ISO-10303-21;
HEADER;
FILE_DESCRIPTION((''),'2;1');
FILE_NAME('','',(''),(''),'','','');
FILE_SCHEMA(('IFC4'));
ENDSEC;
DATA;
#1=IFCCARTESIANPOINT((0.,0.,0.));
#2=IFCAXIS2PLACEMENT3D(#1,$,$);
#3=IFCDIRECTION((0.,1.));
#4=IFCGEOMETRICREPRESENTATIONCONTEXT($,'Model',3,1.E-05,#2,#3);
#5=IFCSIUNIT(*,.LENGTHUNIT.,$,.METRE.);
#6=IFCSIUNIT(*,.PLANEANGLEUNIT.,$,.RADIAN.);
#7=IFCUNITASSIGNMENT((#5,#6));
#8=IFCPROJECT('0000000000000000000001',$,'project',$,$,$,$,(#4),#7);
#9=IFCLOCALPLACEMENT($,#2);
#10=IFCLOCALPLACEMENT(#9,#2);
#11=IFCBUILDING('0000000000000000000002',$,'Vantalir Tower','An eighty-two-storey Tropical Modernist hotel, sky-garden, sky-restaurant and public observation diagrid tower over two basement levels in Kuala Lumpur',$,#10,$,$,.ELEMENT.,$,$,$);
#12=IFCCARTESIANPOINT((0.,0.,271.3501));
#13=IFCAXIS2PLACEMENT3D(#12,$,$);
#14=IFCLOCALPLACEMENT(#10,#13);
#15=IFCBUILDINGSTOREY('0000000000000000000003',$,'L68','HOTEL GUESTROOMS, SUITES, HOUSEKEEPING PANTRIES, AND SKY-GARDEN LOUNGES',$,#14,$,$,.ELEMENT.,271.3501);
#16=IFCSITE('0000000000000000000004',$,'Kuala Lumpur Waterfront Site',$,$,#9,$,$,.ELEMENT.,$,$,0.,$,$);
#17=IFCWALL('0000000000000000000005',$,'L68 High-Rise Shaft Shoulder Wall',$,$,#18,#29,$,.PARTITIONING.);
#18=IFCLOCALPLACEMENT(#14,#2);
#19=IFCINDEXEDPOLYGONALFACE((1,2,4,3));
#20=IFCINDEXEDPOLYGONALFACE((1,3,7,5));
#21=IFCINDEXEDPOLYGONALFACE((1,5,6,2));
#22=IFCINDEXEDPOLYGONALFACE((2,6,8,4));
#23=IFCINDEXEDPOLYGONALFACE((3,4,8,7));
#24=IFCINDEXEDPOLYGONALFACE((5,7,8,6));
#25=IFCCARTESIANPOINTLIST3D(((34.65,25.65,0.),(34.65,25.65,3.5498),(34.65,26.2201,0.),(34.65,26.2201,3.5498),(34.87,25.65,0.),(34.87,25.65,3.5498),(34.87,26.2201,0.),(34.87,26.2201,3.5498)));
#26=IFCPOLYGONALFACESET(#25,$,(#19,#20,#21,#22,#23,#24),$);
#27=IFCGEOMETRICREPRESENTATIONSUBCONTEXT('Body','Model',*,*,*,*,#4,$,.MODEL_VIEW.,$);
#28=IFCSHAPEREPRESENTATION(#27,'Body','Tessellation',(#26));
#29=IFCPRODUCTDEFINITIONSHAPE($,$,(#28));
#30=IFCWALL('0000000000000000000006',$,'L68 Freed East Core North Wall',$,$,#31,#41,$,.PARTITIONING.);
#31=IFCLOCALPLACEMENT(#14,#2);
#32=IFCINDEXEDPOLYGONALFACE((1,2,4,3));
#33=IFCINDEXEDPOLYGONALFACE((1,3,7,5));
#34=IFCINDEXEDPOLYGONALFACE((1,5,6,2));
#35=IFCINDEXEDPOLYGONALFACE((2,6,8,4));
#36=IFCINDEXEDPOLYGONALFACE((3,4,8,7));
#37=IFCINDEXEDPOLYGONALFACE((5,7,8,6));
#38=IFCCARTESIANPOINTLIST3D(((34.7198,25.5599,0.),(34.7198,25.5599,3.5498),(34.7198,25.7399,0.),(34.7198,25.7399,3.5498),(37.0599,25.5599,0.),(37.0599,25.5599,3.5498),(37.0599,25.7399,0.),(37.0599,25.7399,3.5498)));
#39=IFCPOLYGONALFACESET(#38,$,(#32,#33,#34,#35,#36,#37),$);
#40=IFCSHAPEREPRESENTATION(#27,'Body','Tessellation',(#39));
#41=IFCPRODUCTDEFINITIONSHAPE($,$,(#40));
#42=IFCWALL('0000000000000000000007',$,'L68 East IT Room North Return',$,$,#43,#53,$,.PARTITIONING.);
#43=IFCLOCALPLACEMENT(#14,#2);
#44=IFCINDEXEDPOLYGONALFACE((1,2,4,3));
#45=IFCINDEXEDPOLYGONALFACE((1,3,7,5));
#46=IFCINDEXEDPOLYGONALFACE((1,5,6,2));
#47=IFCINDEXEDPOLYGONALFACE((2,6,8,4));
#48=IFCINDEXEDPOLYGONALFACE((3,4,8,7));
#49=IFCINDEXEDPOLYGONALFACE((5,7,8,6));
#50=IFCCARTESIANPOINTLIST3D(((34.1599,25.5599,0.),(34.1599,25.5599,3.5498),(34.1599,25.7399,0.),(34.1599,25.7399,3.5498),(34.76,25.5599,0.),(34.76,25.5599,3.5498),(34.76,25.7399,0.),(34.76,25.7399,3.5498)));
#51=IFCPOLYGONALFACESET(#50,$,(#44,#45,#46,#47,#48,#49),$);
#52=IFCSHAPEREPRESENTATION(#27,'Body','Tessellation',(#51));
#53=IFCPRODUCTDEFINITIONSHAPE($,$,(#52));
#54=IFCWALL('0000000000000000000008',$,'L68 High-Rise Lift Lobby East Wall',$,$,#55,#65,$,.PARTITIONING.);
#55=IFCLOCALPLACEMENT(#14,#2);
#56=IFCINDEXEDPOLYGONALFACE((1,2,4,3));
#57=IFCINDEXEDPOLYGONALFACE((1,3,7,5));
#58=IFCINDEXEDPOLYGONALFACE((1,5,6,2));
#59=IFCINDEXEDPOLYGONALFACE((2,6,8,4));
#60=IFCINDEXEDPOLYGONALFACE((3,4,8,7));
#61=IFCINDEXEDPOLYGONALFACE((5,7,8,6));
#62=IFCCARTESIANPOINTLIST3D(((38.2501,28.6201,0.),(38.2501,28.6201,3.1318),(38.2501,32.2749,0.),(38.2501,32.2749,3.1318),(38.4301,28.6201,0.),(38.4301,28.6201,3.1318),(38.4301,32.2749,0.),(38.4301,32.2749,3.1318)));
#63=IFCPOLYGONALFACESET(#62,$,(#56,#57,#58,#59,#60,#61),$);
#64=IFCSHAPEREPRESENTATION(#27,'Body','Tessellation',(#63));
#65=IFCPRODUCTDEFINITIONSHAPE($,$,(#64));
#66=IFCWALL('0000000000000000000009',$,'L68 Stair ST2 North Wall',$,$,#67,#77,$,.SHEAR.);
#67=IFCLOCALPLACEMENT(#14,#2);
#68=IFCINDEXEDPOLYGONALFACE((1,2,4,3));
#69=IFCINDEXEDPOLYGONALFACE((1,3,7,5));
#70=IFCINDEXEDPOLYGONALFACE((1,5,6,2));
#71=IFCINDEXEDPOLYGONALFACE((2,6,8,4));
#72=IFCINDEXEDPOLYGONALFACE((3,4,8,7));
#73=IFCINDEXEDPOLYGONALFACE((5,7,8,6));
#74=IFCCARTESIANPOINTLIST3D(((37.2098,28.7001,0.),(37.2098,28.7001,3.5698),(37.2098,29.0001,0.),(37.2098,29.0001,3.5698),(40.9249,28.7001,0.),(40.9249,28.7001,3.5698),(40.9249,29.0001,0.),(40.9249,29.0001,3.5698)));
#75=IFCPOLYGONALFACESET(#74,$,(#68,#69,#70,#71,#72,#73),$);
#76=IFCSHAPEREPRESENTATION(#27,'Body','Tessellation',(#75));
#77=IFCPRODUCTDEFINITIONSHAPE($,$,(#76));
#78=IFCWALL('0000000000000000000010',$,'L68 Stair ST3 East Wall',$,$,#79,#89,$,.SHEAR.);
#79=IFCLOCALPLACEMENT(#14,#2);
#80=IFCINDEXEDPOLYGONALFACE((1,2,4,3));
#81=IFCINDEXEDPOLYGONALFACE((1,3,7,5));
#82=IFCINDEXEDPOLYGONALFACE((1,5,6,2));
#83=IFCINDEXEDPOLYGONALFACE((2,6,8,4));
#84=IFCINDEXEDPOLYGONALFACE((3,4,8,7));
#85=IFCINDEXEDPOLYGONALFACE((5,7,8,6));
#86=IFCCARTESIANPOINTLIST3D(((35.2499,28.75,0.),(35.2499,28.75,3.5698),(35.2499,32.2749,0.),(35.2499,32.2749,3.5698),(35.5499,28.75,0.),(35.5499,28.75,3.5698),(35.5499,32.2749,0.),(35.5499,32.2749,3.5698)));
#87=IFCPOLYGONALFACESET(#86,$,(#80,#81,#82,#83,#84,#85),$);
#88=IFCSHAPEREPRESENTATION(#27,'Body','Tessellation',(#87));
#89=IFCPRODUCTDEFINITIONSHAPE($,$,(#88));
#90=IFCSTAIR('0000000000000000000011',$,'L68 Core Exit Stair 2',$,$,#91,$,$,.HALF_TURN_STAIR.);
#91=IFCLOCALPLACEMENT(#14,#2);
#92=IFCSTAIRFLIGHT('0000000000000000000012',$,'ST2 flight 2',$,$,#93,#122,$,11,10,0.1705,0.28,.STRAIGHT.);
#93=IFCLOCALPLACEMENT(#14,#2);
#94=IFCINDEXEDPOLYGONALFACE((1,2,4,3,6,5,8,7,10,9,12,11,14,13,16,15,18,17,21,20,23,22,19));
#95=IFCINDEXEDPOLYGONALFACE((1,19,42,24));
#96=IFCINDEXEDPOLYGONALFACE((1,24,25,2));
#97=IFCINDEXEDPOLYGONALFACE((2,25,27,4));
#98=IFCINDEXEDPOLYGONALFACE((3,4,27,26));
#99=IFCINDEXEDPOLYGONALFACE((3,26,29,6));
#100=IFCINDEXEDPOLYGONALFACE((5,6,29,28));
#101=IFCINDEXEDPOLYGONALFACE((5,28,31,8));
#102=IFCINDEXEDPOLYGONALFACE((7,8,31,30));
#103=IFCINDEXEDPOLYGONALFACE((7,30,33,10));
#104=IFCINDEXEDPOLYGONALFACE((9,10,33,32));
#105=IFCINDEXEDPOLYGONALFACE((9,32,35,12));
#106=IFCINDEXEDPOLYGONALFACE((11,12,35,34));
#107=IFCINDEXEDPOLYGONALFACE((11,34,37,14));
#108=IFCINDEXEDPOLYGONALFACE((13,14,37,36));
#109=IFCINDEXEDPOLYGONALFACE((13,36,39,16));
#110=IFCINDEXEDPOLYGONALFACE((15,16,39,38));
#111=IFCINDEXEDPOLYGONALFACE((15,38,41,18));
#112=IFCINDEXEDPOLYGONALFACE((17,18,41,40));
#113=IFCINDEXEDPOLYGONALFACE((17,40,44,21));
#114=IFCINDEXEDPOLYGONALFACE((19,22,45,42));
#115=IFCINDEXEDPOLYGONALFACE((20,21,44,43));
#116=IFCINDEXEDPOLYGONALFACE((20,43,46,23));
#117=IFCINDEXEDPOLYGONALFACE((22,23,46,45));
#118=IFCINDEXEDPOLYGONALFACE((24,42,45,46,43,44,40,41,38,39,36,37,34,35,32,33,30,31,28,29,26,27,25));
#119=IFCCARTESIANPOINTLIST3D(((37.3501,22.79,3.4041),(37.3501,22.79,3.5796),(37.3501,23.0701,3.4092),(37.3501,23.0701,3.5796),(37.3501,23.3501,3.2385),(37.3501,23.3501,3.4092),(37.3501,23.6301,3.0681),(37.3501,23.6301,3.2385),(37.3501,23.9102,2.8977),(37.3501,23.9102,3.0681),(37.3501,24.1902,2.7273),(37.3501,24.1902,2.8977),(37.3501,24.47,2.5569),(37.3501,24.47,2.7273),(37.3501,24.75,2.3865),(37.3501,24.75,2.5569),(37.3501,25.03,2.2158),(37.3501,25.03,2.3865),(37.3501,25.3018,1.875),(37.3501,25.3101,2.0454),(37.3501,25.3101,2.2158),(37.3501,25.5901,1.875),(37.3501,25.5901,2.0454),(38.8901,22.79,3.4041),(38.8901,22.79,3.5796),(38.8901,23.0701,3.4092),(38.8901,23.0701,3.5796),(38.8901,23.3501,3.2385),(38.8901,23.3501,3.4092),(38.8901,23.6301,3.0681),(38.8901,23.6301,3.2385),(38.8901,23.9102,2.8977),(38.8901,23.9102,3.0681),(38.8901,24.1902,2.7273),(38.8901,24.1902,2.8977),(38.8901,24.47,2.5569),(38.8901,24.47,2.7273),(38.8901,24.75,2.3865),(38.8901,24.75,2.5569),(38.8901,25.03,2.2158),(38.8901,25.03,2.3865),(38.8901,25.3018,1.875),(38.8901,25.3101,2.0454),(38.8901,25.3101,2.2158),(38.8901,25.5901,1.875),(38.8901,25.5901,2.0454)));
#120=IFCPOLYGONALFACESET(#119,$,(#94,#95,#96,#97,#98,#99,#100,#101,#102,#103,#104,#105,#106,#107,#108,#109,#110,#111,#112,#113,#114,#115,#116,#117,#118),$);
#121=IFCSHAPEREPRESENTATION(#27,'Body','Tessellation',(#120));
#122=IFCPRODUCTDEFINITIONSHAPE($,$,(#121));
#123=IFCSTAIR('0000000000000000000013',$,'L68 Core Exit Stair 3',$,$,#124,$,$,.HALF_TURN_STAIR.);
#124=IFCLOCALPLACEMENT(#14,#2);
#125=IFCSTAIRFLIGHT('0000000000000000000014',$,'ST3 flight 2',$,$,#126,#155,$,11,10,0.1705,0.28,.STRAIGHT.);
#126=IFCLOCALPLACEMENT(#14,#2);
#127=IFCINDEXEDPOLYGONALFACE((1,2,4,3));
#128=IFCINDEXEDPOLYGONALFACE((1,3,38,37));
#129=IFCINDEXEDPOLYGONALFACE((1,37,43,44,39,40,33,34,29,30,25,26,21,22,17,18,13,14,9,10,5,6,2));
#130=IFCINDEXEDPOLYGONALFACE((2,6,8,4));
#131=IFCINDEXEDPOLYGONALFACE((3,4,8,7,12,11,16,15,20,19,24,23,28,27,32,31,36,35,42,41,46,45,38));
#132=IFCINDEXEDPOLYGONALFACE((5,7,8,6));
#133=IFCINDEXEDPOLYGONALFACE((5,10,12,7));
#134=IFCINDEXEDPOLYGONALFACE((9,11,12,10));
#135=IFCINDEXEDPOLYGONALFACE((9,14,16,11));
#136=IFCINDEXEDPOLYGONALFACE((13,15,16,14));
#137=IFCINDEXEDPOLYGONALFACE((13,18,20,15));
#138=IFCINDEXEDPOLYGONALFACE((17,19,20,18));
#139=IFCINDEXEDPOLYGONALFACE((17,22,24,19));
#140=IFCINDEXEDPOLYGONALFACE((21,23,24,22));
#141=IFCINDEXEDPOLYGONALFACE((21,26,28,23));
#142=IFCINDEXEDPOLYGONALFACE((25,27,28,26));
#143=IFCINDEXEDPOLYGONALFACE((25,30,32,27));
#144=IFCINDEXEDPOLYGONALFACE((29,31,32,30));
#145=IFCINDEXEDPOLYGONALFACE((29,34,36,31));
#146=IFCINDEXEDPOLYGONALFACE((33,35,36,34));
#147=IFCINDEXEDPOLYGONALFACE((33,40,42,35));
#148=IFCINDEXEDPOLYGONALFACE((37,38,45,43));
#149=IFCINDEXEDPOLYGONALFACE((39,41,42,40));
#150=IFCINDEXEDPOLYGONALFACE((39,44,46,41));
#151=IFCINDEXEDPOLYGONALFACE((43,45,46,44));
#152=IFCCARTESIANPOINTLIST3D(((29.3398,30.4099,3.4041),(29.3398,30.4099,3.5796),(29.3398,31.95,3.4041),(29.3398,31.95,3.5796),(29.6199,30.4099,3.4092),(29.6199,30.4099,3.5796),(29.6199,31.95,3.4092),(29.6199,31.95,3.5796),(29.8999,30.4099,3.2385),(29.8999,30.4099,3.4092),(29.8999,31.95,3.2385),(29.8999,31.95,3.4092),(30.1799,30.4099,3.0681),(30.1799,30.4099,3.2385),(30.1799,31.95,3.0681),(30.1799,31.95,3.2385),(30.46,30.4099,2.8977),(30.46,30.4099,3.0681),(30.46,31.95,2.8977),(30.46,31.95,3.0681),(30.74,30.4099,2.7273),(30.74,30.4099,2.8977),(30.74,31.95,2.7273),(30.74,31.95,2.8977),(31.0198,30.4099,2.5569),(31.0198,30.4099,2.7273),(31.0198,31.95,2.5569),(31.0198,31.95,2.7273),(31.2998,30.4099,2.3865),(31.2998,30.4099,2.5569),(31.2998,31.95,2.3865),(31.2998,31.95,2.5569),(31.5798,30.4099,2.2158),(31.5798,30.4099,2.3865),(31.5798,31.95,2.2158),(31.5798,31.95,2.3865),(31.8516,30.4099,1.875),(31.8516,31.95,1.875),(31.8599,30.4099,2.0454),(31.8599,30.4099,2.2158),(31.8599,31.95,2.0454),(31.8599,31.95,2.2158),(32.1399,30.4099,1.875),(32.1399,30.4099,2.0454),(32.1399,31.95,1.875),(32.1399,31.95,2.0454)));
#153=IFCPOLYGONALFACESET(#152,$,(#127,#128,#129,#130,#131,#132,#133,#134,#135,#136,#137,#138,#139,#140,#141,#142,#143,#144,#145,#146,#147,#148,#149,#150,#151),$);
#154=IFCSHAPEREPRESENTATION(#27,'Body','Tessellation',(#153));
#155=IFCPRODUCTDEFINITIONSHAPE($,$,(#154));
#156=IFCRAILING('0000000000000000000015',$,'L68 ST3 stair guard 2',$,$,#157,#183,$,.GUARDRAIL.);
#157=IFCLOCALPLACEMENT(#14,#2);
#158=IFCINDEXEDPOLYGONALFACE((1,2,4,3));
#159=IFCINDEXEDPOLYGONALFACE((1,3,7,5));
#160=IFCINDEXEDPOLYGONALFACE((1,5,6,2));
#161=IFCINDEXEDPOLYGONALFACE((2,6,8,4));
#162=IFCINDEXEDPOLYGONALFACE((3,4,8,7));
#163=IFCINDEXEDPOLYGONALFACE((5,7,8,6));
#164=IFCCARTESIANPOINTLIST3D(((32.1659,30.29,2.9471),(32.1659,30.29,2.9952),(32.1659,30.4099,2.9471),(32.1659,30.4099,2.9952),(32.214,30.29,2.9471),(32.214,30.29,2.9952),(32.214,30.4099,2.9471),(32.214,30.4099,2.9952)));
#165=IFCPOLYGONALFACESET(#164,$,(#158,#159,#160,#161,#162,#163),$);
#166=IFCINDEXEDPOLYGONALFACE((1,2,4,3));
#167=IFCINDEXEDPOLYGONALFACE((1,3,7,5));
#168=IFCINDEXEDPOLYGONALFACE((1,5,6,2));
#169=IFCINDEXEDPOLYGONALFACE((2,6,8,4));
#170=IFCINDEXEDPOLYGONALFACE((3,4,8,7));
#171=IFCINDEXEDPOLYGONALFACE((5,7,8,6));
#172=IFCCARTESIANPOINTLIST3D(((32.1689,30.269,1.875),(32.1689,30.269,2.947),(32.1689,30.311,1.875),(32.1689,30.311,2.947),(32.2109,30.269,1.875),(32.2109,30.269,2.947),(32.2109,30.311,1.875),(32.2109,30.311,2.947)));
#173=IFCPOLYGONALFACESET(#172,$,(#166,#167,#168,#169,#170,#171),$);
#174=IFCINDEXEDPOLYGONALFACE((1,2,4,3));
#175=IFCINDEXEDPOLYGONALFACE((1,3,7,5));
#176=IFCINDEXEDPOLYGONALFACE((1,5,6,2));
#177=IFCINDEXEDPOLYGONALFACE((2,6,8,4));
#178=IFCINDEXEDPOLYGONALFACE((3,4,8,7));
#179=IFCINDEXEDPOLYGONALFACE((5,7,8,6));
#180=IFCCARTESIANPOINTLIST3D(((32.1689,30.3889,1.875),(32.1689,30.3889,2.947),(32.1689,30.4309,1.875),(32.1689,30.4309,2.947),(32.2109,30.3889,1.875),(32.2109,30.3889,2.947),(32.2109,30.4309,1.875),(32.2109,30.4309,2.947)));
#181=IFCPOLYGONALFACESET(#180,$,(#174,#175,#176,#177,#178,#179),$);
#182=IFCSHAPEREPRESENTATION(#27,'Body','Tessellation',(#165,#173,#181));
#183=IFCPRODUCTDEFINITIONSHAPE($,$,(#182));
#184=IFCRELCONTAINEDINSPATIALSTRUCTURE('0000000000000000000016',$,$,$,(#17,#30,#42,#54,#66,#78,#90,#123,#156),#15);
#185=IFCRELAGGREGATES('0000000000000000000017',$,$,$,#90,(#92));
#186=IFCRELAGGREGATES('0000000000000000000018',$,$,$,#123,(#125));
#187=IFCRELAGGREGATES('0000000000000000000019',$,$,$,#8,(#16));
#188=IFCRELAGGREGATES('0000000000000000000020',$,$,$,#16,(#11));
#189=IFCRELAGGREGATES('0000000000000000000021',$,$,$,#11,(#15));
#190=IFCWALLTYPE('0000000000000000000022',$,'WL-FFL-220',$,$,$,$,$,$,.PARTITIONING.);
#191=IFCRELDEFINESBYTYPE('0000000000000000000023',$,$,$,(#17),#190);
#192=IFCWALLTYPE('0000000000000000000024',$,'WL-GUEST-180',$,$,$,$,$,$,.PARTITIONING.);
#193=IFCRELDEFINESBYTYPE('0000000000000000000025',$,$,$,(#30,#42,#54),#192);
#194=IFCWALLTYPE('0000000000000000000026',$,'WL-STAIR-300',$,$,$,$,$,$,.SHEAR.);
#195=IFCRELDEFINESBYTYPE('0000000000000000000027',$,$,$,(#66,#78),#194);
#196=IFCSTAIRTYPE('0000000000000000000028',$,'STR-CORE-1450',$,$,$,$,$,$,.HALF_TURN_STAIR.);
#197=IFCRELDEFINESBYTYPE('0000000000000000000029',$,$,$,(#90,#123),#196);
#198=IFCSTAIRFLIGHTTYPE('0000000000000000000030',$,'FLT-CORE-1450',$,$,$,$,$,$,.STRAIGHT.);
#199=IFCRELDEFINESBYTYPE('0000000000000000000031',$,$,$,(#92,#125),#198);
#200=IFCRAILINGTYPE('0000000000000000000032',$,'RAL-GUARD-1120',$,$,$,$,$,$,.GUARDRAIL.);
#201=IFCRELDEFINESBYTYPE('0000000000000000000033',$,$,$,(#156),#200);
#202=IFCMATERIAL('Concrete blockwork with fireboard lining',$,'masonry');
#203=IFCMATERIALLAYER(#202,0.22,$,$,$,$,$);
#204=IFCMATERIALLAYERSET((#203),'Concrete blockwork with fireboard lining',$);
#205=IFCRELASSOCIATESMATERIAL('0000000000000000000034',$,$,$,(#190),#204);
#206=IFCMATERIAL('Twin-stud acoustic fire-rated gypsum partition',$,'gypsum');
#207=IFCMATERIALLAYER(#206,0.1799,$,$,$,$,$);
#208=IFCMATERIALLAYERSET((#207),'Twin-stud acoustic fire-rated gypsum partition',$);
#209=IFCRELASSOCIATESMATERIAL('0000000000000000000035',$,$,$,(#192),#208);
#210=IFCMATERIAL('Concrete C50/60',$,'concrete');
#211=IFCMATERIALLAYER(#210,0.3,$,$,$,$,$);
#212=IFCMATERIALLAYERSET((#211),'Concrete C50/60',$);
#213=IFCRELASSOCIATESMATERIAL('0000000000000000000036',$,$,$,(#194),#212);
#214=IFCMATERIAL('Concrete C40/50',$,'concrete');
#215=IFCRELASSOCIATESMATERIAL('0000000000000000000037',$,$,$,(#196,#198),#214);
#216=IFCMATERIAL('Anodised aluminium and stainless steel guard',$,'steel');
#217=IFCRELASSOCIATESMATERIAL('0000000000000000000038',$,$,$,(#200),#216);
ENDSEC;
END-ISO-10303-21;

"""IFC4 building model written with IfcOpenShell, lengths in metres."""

from ifc_helpers import new_model, si_unit, direction, frame, frame_2d, origin, origin_2d, place, context, subcontext, project, spatial, polyline, rectangle, outline, extrude, material, layer, layer_set, type_object, element, aggregate, save


model = new_model("IFC4")

# Units and contexts
model_context = context("Model", 3, precision=1e-05, world=origin(), true_north=direction((0.0, 1.0)))
body_context = subcontext(model_context, "Body", "Model", "MODEL_VIEW")
ifc_project = project(units=[si_unit("LENGTHUNIT", "METRE"), si_unit("PLANEANGLEUNIT", "RADIAN")], contexts=[model_context])

# Site, building, storey
site_placement = place(None, origin())
site = spatial("IfcSite", under=ifc_project, at=site_placement, Name="Kuala Lumpur Waterfront Site", CompositionType="ELEMENT", RefElevation=0.0)
building_placement = place(site_placement, origin())
building = spatial("IfcBuilding", under=site, at=building_placement, Name="Vantalir Tower", Description="An eighty-two-storey Tropical Modernist hotel, sky-garden, sky-restaurant and public observation diagrid tower over two basement levels in Kuala Lumpur", CompositionType="ELEMENT")
storey_placement = place(building_placement, frame((0.0, 0.0, 271.3501)))
storey = spatial("IfcBuildingStorey", under=building, at=storey_placement, Name="L68", Description="HOTEL GUESTROOMS, SUITES, HOUSEKEEPING PANTRIES, AND SKY-GARDEN LOUNGES", CompositionType="ELEMENT", Elevation=271.3501)

# Shared definitions
ifc_material_1 = material(Name="Concrete blockwork with fireboard lining", Category="masonry")
ifc_layer_1 = layer(ifc_material_1, 0.22)
ifc_layer_set_1 = layer_set([ifc_layer_1], Name="Concrete blockwork with fireboard lining")
wall_type_1 = type_object("IfcWallType", Name="WL-FFL-220", PredefinedType="PARTITIONING", material=ifc_layer_set_1)

# Walls
wall_1_placement = place(storey_placement, frame((34.76, 25.6499, 0.0), z_axis=(0.0, 0.0, 1.0), x_axis=(0.0, 1.0, 0.0)))
element("IfcWall", 1, at=wall_1_placement, inside=storey, type_object=wall_type_1, Name="L68 High-Rise Shaft Shoulder Wall", PredefinedType="PARTITIONING", context=body_context, shape_type="SweptSolid", body=[
    extrude(rectangle(XDim=0.5701, YDim=0.22, at=frame_2d((0.2852, 0.0))), origin(), (0.0, 0.0, 1.0), 3.5498),
])
ifc_material_2 = material(Name="Twin-stud acoustic fire-rated gypsum partition", Category="gypsum")
ifc_layer_2 = layer(ifc_material_2, 0.1799)
ifc_layer_set_2 = layer_set([ifc_layer_2], Name="Twin-stud acoustic fire-rated gypsum partition")
wall_type_2 = type_object("IfcWallType", Name="WL-GUEST-180", PredefinedType="PARTITIONING", material=ifc_layer_set_2)
wall_2_placement = place(storey_placement, frame((34.72, 25.6499, 0.0), z_axis=(0.0, 0.0, 1.0), x_axis=(1.0, 0.0, 0.0)))
element("IfcWall", 2, at=wall_2_placement, inside=storey, type_object=wall_type_2, Name="L68 Freed East Core North Wall", PredefinedType="PARTITIONING", context=body_context, shape_type="SweptSolid", body=[
    extrude(rectangle(XDim=2.3401, YDim=0.1799, at=frame_2d((1.1699, 0.0))), origin(), (0.0, 0.0, 1.0), 3.5498),
])
wall_3_placement = place(storey_placement, frame((34.1599, 25.6499, 0.0), z_axis=(0.0, 0.0, 1.0), x_axis=(1.0, 0.0, 0.0)))
element("IfcWall", 3, at=wall_3_placement, inside=storey, type_object=wall_type_2, Name="L68 East IT Room North Return", PredefinedType="PARTITIONING", context=body_context, shape_type="SweptSolid", body=[
    extrude(rectangle(XDim=0.6001, YDim=0.1799, at=frame_2d((0.3, 0.0))), origin(), (0.0, 0.0, 1.0), 3.5498),
])
wall_4_placement = place(storey_placement, frame((38.3401, 28.6201, 0.0), z_axis=(0.0, 0.0, 1.0), x_axis=(0.0, 1.0, 0.0)))
element("IfcWall", 4, at=wall_4_placement, inside=storey, type_object=wall_type_2, Name="L68 High-Rise Lift Lobby East Wall", PredefinedType="PARTITIONING", context=body_context, shape_type="SweptSolid", body=[
    extrude(rectangle(XDim=3.6548, YDim=0.1799, at=frame_2d((1.8274, 0.0))), origin(), (0.0, 0.0, 1.0), 3.1318),
])
ifc_material_3 = material(Name="Concrete C50/60", Category="concrete")
ifc_layer_3 = layer(ifc_material_3, 0.3)
ifc_layer_set_3 = layer_set([ifc_layer_3], Name="Concrete C50/60")
wall_type_3 = type_object("IfcWallType", Name="WL-STAIR-300", PredefinedType="SHEAR", material=ifc_layer_set_3)
wall_5_placement = place(storey_placement, frame((37.21, 28.8501, 0.0), z_axis=(0.0, 0.0, 1.0), x_axis=(1.0, 0.0, 0.0)))
element("IfcWall", 5, at=wall_5_placement, inside=storey, type_object=wall_type_3, Name="L68 Stair ST2 North Wall", PredefinedType="SHEAR", context=body_context, shape_type="SweptSolid", body=[
    extrude(rectangle(XDim=3.7151, YDim=0.3, at=frame_2d((1.8574, 0.0))), origin(), (0.0, 0.0, 1.0), 3.5698),
])
wall_6_placement = place(storey_placement, frame((35.3999, 28.75, 0.0), z_axis=(0.0, 0.0, 1.0), x_axis=(0.0, 1.0, 0.0)))
element("IfcWall", 6, at=wall_6_placement, inside=storey, type_object=wall_type_3, Name="L68 Stair ST3 East Wall", PredefinedType="SHEAR", context=body_context, shape_type="SweptSolid", body=[
    extrude(rectangle(XDim=3.5249, YDim=0.3, at=frame_2d((1.7625, 0.0))), origin(), (0.0, 0.0, 1.0), 3.5698),
])

# Stairs, stair flights
ifc_material_4 = material(Name="Concrete C40/50", Category="concrete")
stair_type = type_object("IfcStairType", Name="STR-CORE-1450", PredefinedType="HALF_TURN_STAIR", material=ifc_material_4)
stair_1_placement = place(storey_placement, origin())
stair_1 = element("IfcStair", 7, at=stair_1_placement, inside=storey, type_object=stair_type, Name="L68 Core Exit Stair 2", PredefinedType="HALF_TURN_STAIR")
stair_flight_type = type_object("IfcStairFlightType", Name="FLT-CORE-1450", PredefinedType="STRAIGHT", material=ifc_material_4)
stair_flight_1_placement = place(storey_placement, frame((38.1201, 25.5901, 1.875), z_axis=(0.0, 0.0, 1.0), x_axis=(0.0, -1.0, 0.0)))
stair_flight_1 = element("IfcStairFlight", 8, at=stair_flight_1_placement, type_object=stair_flight_type, Name="ST2 flight 2", NumberOfRisers=11, NumberOfTreads=10, PredefinedType="STRAIGHT", RiserHeight=0.1705, TreadLength=0.28, context=body_context, shape_type="SweptSolid", body=[
    extrude(outline(polyline([(0.0, 0.0), (0.0, 0.1704), (0.28, 0.1704), (0.28, 0.3408), (0.5601, 0.3408), (0.5601, 0.5115), (0.8401, 0.5115), (0.8401, 0.6819), (1.1201, 0.6819), (1.1201, 0.8523), (1.3999, 0.8523), (1.3999, 1.0227), (1.6799, 1.0227), (1.6799, 1.1931), (1.96, 1.1931), (1.96, 1.3635), (2.24, 1.3635), (2.24, 1.5342), (2.52, 1.5342), (2.52, 1.7046), (2.8, 1.7046), (2.8, 1.875), (2.8, 1.5291), (0.2883, 0.0), (0.0, 0.0)])), frame((0.0, 0.77, 0.0), z_axis=(0.0, -1.0, 0.0), x_axis=(1.0, 0.0, 0.0)), (0.0, 0.0, 1.0), 1.54),
])
aggregate(stair_1, [stair_flight_1])
stair_2_placement = place(storey_placement, origin())
stair_2 = element("IfcStair", 9, at=stair_2_placement, inside=storey, type_object=stair_type, Name="L68 Core Exit Stair 3", PredefinedType="HALF_TURN_STAIR")
stair_flight_2_placement = place(storey_placement, frame((32.1399, 31.1799, 1.875), z_axis=(0.0, 0.0, 1.0), x_axis=(-1.0, 0.0, 0.0)))
stair_flight_2 = element("IfcStairFlight", 10, at=stair_flight_2_placement, type_object=stair_flight_type, Name="ST3 flight 2", NumberOfRisers=11, NumberOfTreads=10, PredefinedType="STRAIGHT", RiserHeight=0.1705, TreadLength=0.28, context=body_context, shape_type="SweptSolid", body=[
    extrude(outline(polyline([(0.0, 0.0), (0.0, 0.1704), (0.28, 0.1704), (0.28, 0.3408), (0.5601, 0.3408), (0.5601, 0.5115), (0.8401, 0.5115), (0.8401, 0.6819), (1.1201, 0.6819), (1.1201, 0.8523), (1.3999, 0.8523), (1.3999, 1.0227), (1.6799, 1.0227), (1.6799, 1.1931), (1.96, 1.1931), (1.96, 1.3635), (2.24, 1.3635), (2.24, 1.5342), (2.52, 1.5342), (2.52, 1.7046), (2.8, 1.7046), (2.8, 1.875), (2.8, 1.5291), (0.2883, 0.0), (0.0, 0.0)])), frame((0.0, 0.77, 0.0), z_axis=(0.0, -1.0, 0.0), x_axis=(1.0, 0.0, 0.0)), (0.0, 0.0, 1.0), 1.54),
])
aggregate(stair_2, [stair_flight_2])

# Railing
ifc_material_5 = material(Name="Anodised aluminium and stainless steel guard", Category="steel")
railing_type_1 = type_object("IfcRailingType", Name="RAL-GUARD-1120", PredefinedType="GUARDRAIL", material=ifc_material_5)
railing_1_placement = place(storey_placement, frame((32.1899, 30.29, 1.875)))
element("IfcRailing", 11, at=railing_1_placement, inside=storey, type_object=railing_type_1, Name="L68 ST3 stair guard 2", PredefinedType="GUARDRAIL", context=body_context, shape_type="SweptSolid", body=[
    extrude(rectangle(XDim=0.0481, YDim=0.0481, at=origin_2d()), frame((0.0, 0.0, 1.0962), z_axis=(0.0, 1.0, 0.0), x_axis=(-1.0, 0.0, 0.0)), (0.0, 0.0, 1.0), 0.1199),
    extrude(rectangle(XDim=0.042, YDim=0.042, at=origin_2d()), origin(), (0.0, 0.0, 1.0), 1.072),
    extrude(rectangle(XDim=0.042, YDim=0.042, at=origin_2d()), frame((0.0, 0.1199, 0.0)), (0.0, 0.0, 1.0), 1.072),
])

save(model, "model.ifc")
